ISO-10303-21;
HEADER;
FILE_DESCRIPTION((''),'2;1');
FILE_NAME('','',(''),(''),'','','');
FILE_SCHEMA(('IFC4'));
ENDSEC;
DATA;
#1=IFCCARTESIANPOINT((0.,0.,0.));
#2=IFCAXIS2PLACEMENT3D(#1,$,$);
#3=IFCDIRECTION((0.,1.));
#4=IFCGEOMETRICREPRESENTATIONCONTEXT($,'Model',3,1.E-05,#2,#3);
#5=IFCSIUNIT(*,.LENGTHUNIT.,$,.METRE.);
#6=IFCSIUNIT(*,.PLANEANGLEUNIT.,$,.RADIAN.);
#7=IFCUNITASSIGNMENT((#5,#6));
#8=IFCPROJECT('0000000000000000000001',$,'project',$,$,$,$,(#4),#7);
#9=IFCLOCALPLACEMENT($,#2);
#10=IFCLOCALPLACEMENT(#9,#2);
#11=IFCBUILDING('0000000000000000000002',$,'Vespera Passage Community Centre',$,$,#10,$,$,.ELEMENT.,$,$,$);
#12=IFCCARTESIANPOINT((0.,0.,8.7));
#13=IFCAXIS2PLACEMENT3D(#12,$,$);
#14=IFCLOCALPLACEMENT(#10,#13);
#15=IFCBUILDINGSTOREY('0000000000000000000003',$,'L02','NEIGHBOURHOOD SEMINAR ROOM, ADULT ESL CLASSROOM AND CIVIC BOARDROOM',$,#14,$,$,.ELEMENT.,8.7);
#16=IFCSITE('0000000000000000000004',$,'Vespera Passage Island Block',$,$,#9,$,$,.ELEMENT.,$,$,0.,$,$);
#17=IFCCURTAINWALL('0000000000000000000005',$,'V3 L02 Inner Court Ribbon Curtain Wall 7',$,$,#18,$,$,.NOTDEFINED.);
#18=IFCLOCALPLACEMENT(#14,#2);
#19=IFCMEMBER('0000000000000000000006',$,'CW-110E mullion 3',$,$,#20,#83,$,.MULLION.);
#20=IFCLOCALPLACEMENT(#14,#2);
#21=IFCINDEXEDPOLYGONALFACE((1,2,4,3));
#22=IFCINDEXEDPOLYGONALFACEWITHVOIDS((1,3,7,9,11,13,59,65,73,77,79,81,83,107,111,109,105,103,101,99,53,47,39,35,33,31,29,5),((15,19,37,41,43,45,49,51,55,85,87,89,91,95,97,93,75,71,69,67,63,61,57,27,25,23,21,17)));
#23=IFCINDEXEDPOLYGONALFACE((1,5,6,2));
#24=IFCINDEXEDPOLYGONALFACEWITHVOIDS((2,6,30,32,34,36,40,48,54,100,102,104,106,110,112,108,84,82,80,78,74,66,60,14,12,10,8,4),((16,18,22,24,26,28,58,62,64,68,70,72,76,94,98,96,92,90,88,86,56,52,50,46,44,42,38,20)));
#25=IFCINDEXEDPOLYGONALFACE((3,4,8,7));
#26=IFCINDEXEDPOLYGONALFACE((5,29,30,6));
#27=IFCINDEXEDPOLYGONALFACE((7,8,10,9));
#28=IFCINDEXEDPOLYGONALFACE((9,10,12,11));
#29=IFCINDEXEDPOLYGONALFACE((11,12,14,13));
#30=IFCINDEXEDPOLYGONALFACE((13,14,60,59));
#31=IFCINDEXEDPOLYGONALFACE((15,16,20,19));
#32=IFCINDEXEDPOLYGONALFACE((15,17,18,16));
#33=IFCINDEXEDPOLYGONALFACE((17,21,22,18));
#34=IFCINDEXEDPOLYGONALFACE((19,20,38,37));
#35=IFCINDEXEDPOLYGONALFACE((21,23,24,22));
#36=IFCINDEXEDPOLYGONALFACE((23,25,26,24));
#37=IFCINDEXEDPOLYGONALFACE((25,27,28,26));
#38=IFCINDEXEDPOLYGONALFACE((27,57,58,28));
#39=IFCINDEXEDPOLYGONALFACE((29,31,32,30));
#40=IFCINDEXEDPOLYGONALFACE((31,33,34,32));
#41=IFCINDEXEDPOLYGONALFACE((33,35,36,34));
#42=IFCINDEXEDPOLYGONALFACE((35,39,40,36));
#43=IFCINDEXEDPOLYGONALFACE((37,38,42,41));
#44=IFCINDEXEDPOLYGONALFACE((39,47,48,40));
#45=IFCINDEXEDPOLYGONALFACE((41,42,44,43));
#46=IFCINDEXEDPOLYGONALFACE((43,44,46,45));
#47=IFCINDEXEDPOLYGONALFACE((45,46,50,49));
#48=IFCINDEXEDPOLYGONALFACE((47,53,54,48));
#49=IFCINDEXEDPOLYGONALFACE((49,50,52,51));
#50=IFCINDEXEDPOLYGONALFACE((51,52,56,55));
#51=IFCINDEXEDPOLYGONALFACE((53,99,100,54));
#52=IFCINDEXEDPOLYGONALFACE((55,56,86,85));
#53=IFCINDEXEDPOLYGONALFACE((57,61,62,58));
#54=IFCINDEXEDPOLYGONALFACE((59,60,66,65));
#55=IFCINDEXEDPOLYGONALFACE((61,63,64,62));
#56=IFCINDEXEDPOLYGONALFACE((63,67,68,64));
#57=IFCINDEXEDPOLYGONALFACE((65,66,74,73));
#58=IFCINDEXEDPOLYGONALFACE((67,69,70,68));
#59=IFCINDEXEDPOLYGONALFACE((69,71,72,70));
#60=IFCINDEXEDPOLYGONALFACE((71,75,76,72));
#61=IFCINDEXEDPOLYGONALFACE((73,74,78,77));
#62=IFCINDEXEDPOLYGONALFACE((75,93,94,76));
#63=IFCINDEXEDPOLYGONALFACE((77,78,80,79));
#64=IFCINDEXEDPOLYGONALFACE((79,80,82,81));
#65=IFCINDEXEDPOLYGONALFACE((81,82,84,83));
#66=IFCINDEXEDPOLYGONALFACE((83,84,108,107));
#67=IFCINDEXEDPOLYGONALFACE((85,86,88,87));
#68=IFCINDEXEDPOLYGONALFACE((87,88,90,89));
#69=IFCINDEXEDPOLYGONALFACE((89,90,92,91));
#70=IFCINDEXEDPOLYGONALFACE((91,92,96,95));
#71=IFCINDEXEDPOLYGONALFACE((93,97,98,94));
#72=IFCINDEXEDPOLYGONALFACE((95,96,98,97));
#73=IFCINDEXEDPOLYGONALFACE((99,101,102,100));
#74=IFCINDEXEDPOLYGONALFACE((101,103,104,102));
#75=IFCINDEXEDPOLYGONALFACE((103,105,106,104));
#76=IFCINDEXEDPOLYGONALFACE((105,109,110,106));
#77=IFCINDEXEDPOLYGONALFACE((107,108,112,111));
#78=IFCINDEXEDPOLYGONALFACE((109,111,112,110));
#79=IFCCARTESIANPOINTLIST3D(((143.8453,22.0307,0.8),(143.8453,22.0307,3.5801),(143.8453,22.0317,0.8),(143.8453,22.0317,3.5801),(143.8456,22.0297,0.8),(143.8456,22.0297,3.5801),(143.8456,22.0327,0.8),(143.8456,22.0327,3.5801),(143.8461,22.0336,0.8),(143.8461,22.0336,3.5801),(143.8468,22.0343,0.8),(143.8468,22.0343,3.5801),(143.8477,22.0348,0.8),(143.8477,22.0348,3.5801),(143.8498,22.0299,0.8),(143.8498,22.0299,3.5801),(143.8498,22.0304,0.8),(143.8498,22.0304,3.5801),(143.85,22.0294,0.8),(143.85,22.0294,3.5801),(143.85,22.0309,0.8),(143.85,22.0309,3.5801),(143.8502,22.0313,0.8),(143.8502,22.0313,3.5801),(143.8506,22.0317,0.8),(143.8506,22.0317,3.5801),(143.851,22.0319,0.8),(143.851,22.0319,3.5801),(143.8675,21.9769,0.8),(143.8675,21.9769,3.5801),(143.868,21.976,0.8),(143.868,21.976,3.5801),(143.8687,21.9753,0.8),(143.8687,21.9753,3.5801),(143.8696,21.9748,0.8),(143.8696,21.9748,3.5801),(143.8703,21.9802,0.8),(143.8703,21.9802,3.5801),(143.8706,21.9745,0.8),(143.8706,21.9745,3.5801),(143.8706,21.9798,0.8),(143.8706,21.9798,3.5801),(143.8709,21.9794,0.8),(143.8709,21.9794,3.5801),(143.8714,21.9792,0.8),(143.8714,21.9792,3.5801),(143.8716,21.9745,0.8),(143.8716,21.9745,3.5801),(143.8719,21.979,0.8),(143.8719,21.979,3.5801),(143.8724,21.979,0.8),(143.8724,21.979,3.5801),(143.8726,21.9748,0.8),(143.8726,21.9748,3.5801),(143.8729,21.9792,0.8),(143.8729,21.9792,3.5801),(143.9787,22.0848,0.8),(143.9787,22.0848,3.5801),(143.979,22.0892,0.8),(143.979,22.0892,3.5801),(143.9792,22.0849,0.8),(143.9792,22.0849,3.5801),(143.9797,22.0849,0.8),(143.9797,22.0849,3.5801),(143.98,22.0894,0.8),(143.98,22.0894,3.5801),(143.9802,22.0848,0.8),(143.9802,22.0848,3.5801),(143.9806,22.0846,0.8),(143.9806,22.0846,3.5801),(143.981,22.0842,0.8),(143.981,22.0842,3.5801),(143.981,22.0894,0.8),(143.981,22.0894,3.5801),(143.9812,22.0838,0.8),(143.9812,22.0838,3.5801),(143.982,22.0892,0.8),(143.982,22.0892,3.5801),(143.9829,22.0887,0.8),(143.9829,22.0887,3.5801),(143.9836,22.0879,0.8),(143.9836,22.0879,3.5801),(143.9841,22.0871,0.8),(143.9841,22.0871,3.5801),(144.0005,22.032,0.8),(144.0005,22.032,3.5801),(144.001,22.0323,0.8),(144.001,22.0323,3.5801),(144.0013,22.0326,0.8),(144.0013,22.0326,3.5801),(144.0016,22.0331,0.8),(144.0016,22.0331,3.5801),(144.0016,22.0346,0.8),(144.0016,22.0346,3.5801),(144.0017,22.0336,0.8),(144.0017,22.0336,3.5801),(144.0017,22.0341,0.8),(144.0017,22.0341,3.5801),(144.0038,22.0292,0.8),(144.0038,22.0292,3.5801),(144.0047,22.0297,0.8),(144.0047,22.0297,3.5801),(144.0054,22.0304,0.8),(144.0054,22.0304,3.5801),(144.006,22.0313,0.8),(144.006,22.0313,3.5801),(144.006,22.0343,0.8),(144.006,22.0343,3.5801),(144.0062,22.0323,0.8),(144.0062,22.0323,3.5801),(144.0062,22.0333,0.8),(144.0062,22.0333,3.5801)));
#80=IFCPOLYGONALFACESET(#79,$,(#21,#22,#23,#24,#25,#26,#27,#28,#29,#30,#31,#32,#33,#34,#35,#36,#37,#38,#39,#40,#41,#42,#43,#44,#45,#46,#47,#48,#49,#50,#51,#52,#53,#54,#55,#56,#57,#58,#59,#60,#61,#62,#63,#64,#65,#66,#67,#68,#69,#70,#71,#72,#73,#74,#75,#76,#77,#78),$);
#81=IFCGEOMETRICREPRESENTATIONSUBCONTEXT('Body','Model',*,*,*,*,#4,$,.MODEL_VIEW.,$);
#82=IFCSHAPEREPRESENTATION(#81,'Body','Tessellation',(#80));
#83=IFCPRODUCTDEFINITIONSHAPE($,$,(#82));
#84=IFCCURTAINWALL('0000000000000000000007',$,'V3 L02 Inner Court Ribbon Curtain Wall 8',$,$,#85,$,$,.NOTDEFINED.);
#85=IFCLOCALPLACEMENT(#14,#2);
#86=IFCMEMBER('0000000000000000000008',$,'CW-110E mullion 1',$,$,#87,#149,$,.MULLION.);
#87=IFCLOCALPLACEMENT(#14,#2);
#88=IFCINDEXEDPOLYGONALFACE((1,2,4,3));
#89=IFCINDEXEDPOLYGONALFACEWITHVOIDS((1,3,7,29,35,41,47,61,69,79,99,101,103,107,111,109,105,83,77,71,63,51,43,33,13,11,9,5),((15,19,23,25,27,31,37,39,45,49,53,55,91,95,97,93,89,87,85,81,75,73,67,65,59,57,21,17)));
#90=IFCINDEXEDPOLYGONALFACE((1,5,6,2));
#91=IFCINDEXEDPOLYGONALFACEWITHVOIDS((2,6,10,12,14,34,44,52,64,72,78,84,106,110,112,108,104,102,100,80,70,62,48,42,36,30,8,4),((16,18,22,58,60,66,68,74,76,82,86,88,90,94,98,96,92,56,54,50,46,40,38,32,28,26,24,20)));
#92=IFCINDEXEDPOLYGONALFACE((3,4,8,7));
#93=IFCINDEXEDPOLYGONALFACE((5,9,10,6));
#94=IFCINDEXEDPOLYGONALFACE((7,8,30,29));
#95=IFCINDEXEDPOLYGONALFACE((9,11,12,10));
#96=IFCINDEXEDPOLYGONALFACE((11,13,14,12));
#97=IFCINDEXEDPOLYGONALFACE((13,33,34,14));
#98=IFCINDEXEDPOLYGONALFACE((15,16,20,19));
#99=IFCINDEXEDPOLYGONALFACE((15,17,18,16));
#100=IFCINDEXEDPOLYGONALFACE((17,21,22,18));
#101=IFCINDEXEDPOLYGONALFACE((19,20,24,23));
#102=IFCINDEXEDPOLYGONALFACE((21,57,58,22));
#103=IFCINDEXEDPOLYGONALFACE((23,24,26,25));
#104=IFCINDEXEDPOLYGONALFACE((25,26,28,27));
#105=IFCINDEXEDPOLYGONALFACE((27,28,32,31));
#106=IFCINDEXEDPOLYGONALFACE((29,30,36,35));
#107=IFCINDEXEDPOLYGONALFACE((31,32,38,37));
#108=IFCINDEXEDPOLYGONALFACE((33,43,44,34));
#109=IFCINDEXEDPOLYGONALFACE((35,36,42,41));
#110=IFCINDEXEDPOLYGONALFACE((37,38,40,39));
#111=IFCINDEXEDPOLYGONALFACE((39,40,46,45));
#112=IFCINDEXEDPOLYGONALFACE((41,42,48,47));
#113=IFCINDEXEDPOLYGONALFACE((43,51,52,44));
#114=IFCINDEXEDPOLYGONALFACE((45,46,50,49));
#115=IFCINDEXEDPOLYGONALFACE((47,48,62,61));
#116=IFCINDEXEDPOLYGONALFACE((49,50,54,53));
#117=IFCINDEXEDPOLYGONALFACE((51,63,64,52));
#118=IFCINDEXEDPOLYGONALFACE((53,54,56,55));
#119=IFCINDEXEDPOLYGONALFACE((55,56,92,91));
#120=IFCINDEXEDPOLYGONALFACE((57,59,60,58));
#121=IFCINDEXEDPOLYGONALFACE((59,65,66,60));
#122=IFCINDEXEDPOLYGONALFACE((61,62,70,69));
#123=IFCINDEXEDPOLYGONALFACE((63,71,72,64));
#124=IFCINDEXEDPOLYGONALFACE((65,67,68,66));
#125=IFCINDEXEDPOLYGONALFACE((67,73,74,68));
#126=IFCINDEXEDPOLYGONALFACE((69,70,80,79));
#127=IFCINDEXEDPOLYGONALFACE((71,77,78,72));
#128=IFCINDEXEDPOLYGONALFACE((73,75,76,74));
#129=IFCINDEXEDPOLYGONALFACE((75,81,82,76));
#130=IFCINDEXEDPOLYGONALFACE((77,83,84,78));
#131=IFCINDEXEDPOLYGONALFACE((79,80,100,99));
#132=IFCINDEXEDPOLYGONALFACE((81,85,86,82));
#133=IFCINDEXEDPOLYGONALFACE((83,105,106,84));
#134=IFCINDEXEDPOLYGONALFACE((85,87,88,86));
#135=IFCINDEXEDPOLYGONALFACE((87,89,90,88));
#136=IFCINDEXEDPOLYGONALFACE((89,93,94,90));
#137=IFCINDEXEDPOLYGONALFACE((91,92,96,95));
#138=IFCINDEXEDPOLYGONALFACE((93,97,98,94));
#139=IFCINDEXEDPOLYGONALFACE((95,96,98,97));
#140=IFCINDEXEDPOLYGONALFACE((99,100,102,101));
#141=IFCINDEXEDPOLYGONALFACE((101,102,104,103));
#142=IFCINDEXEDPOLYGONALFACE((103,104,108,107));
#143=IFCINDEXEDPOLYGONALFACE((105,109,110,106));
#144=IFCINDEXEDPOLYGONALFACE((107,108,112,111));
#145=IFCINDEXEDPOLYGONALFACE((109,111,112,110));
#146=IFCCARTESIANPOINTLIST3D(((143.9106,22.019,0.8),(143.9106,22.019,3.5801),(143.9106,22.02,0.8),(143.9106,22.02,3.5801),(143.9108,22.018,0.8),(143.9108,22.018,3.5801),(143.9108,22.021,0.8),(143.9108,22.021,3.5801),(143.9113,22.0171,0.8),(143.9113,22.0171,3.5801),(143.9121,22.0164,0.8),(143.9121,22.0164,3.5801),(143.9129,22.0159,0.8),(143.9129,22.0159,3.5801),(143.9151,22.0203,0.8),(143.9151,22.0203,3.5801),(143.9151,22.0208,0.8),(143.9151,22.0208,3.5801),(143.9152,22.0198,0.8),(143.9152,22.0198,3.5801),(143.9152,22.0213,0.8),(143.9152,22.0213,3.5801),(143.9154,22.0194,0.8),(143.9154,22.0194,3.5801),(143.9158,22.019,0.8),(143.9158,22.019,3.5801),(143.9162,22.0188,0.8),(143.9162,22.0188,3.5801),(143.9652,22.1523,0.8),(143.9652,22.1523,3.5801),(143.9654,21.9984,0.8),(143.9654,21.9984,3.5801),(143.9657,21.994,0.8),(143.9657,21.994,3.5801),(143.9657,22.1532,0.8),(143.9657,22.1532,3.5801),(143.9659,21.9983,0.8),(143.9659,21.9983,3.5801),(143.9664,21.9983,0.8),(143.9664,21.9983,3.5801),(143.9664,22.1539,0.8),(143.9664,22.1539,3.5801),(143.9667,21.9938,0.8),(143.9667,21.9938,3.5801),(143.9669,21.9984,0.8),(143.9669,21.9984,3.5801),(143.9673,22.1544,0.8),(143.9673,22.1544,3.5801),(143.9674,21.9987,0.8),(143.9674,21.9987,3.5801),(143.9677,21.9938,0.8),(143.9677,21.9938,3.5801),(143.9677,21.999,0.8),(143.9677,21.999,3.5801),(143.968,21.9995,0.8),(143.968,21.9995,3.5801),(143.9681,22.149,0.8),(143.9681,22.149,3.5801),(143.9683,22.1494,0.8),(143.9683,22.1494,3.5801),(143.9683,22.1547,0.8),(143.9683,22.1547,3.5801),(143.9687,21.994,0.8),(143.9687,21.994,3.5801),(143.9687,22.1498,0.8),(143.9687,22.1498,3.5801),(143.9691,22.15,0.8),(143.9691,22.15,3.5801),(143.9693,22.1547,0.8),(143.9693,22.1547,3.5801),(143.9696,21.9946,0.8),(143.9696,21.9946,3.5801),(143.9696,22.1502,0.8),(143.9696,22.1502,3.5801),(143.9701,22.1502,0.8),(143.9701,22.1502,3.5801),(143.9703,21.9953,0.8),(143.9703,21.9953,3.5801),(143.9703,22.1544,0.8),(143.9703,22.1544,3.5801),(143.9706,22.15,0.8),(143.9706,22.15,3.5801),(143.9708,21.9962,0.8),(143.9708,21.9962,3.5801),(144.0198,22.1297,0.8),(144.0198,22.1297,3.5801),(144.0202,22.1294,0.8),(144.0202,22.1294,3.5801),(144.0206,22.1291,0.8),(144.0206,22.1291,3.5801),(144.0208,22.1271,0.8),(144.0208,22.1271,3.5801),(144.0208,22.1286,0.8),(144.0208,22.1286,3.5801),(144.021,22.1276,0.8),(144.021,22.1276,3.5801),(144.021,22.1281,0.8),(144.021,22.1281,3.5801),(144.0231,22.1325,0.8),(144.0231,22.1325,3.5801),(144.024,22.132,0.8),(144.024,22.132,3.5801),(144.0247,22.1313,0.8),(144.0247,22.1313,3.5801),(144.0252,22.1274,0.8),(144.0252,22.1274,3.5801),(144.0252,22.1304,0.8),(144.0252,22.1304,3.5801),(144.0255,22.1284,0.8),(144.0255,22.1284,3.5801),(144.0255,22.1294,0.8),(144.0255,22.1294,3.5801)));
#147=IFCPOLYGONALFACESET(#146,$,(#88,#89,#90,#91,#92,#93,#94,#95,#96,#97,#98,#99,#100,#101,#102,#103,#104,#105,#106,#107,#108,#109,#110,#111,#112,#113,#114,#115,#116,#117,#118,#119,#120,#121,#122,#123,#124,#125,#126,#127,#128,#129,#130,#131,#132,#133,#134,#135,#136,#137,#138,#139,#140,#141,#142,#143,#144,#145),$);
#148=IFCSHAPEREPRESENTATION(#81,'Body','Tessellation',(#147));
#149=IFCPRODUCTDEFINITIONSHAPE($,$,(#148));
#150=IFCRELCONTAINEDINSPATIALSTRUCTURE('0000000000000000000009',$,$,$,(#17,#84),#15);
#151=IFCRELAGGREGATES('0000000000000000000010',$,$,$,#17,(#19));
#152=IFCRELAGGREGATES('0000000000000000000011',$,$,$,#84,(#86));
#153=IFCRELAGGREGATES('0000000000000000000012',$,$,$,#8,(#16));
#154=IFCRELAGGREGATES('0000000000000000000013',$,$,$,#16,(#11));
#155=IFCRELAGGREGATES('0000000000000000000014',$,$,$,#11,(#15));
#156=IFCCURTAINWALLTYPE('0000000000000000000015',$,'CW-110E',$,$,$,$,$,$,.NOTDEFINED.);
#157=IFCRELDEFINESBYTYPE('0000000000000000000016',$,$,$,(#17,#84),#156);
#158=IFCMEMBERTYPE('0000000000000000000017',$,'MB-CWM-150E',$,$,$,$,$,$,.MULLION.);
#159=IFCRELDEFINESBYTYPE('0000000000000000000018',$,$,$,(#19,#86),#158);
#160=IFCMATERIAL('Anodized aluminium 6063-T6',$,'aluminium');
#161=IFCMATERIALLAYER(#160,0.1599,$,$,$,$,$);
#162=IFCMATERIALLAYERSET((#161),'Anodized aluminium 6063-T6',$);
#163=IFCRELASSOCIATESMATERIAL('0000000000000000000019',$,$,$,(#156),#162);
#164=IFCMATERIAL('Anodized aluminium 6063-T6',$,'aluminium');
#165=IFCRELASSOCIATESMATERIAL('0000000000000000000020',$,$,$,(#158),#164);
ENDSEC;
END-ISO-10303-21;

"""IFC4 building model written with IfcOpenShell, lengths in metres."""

from ifc_helpers import new_model, si_unit, direction, frame, origin, origin_2d, place, context, subcontext, project, spatial, hollow_rectangle, extrude, material, layer, layer_set, material_profile, profile_set, type_object, element, aggregate, save


model = new_model("IFC4")

# Units and contexts
model_context = context("Model", 3, precision=1e-05, world=origin(), true_north=direction((0.0, 1.0)))
body_context = subcontext(model_context, "Body", "Model", "MODEL_VIEW")
ifc_project = project(units=[si_unit("LENGTHUNIT", "METRE"), si_unit("PLANEANGLEUNIT", "RADIAN")], contexts=[model_context])

# Site, building, storey
site_placement = place(None, origin())
site = spatial("IfcSite", under=ifc_project, at=site_placement, Name="Vespera Passage Island Block", CompositionType="ELEMENT", RefElevation=0.0)
building_placement = place(site_placement, origin())
building = spatial("IfcBuilding", under=site, at=building_placement, Name="Vespera Passage Community Centre", CompositionType="ELEMENT")
storey_placement = place(building_placement, frame((0.0, 0.0, 8.7)))
storey = spatial("IfcBuildingStorey", under=building, at=storey_placement, Name="L02", Description="NEIGHBOURHOOD SEMINAR ROOM, ADULT ESL CLASSROOM AND CIVIC BOARDROOM", CompositionType="ELEMENT", Elevation=8.7)

# Shared definitions
ifc_material_1 = material(Name="Anodized aluminium 6063-T6", Category="aluminium")
ifc_layer_1 = layer(ifc_material_1, 0.1599)
ifc_layer_set_1 = layer_set([ifc_layer_1], Name="Anodized aluminium 6063-T6")
curtain_wall_type = type_object("IfcCurtainWallType", Name="CW-110E", PredefinedType="NOTDEFINED", material=ifc_layer_set_1)
ifc_material_2 = material(Name="Anodized aluminium 6063-T6", Category="aluminium")
ifc_material_profile_1 = material_profile(ifc_material_2, hollow_rectangle(XDim=0.0649, YDim=0.1499, WallThickness=0.0039, InnerFilletRadius=0.002, OuterFilletRadius=0.0039, at=origin_2d()), Name="ALU150X65X4")
ifc_profile_set_1 = profile_set([ifc_material_profile_1], Name="Anodized aluminium 6063-T6")
member_type_1 = type_object("IfcMemberType", Name="MB-CWM-150E", PredefinedType="MULLION", material=ifc_profile_set_1)

# Curtain walls, members
curtain_wall_1_placement = place(storey_placement, origin())
curtain_wall_1 = element("IfcCurtainWall", 1, at=curtain_wall_1_placement, inside=storey, type_object=curtain_wall_type, Name="V3 L02 Inner Court Ribbon Curtain Wall 7", PredefinedType="NOTDEFINED")
member_1_placement = place(storey_placement, frame((143.9258, 22.032, 0.8), z_axis=(0.0, 0.0, 1.0), x_axis=(-0.382686, 0.923879, 0.0)))
member_1 = element("IfcMember", 2, at=member_1_placement, type_object=member_type_1, Name="CW-110E mullion 3", PredefinedType="MULLION", context=body_context, shape_type="SweptSolid", body=[
    extrude(hollow_rectangle(XDim=0.0649, YDim=0.1499, WallThickness=0.0039, InnerFilletRadius=0.002, OuterFilletRadius=0.0039, at=origin_2d()), origin(), (0.0, 0.0, 1.0), 2.78),
])
curtain_wall_2_placement = place(storey_placement, origin())
curtain_wall_2 = element("IfcCurtainWall", 3, at=curtain_wall_2_placement, inside=storey, type_object=curtain_wall_type, Name="V3 L02 Inner Court Ribbon Curtain Wall 8", PredefinedType="NOTDEFINED")
member_2_placement = place(storey_placement, frame((143.968, 22.0742, 0.8), z_axis=(0.0, 0.0, 1.0), x_axis=(-0.923879, 0.382686, 0.0)))
member_2 = element("IfcMember", 4, at=member_2_placement, type_object=member_type_1, Name="CW-110E mullion 1", PredefinedType="MULLION", context=body_context, shape_type="SweptSolid", body=[
    extrude(hollow_rectangle(XDim=0.0649, YDim=0.1499, WallThickness=0.0039, InnerFilletRadius=0.002, OuterFilletRadius=0.0039, at=origin_2d()), origin(), (0.0, 0.0, 1.0), 2.78),
])

aggregate(curtain_wall_1, [member_1])
aggregate(curtain_wall_2, [member_2])

save(model, "model.ifc")
